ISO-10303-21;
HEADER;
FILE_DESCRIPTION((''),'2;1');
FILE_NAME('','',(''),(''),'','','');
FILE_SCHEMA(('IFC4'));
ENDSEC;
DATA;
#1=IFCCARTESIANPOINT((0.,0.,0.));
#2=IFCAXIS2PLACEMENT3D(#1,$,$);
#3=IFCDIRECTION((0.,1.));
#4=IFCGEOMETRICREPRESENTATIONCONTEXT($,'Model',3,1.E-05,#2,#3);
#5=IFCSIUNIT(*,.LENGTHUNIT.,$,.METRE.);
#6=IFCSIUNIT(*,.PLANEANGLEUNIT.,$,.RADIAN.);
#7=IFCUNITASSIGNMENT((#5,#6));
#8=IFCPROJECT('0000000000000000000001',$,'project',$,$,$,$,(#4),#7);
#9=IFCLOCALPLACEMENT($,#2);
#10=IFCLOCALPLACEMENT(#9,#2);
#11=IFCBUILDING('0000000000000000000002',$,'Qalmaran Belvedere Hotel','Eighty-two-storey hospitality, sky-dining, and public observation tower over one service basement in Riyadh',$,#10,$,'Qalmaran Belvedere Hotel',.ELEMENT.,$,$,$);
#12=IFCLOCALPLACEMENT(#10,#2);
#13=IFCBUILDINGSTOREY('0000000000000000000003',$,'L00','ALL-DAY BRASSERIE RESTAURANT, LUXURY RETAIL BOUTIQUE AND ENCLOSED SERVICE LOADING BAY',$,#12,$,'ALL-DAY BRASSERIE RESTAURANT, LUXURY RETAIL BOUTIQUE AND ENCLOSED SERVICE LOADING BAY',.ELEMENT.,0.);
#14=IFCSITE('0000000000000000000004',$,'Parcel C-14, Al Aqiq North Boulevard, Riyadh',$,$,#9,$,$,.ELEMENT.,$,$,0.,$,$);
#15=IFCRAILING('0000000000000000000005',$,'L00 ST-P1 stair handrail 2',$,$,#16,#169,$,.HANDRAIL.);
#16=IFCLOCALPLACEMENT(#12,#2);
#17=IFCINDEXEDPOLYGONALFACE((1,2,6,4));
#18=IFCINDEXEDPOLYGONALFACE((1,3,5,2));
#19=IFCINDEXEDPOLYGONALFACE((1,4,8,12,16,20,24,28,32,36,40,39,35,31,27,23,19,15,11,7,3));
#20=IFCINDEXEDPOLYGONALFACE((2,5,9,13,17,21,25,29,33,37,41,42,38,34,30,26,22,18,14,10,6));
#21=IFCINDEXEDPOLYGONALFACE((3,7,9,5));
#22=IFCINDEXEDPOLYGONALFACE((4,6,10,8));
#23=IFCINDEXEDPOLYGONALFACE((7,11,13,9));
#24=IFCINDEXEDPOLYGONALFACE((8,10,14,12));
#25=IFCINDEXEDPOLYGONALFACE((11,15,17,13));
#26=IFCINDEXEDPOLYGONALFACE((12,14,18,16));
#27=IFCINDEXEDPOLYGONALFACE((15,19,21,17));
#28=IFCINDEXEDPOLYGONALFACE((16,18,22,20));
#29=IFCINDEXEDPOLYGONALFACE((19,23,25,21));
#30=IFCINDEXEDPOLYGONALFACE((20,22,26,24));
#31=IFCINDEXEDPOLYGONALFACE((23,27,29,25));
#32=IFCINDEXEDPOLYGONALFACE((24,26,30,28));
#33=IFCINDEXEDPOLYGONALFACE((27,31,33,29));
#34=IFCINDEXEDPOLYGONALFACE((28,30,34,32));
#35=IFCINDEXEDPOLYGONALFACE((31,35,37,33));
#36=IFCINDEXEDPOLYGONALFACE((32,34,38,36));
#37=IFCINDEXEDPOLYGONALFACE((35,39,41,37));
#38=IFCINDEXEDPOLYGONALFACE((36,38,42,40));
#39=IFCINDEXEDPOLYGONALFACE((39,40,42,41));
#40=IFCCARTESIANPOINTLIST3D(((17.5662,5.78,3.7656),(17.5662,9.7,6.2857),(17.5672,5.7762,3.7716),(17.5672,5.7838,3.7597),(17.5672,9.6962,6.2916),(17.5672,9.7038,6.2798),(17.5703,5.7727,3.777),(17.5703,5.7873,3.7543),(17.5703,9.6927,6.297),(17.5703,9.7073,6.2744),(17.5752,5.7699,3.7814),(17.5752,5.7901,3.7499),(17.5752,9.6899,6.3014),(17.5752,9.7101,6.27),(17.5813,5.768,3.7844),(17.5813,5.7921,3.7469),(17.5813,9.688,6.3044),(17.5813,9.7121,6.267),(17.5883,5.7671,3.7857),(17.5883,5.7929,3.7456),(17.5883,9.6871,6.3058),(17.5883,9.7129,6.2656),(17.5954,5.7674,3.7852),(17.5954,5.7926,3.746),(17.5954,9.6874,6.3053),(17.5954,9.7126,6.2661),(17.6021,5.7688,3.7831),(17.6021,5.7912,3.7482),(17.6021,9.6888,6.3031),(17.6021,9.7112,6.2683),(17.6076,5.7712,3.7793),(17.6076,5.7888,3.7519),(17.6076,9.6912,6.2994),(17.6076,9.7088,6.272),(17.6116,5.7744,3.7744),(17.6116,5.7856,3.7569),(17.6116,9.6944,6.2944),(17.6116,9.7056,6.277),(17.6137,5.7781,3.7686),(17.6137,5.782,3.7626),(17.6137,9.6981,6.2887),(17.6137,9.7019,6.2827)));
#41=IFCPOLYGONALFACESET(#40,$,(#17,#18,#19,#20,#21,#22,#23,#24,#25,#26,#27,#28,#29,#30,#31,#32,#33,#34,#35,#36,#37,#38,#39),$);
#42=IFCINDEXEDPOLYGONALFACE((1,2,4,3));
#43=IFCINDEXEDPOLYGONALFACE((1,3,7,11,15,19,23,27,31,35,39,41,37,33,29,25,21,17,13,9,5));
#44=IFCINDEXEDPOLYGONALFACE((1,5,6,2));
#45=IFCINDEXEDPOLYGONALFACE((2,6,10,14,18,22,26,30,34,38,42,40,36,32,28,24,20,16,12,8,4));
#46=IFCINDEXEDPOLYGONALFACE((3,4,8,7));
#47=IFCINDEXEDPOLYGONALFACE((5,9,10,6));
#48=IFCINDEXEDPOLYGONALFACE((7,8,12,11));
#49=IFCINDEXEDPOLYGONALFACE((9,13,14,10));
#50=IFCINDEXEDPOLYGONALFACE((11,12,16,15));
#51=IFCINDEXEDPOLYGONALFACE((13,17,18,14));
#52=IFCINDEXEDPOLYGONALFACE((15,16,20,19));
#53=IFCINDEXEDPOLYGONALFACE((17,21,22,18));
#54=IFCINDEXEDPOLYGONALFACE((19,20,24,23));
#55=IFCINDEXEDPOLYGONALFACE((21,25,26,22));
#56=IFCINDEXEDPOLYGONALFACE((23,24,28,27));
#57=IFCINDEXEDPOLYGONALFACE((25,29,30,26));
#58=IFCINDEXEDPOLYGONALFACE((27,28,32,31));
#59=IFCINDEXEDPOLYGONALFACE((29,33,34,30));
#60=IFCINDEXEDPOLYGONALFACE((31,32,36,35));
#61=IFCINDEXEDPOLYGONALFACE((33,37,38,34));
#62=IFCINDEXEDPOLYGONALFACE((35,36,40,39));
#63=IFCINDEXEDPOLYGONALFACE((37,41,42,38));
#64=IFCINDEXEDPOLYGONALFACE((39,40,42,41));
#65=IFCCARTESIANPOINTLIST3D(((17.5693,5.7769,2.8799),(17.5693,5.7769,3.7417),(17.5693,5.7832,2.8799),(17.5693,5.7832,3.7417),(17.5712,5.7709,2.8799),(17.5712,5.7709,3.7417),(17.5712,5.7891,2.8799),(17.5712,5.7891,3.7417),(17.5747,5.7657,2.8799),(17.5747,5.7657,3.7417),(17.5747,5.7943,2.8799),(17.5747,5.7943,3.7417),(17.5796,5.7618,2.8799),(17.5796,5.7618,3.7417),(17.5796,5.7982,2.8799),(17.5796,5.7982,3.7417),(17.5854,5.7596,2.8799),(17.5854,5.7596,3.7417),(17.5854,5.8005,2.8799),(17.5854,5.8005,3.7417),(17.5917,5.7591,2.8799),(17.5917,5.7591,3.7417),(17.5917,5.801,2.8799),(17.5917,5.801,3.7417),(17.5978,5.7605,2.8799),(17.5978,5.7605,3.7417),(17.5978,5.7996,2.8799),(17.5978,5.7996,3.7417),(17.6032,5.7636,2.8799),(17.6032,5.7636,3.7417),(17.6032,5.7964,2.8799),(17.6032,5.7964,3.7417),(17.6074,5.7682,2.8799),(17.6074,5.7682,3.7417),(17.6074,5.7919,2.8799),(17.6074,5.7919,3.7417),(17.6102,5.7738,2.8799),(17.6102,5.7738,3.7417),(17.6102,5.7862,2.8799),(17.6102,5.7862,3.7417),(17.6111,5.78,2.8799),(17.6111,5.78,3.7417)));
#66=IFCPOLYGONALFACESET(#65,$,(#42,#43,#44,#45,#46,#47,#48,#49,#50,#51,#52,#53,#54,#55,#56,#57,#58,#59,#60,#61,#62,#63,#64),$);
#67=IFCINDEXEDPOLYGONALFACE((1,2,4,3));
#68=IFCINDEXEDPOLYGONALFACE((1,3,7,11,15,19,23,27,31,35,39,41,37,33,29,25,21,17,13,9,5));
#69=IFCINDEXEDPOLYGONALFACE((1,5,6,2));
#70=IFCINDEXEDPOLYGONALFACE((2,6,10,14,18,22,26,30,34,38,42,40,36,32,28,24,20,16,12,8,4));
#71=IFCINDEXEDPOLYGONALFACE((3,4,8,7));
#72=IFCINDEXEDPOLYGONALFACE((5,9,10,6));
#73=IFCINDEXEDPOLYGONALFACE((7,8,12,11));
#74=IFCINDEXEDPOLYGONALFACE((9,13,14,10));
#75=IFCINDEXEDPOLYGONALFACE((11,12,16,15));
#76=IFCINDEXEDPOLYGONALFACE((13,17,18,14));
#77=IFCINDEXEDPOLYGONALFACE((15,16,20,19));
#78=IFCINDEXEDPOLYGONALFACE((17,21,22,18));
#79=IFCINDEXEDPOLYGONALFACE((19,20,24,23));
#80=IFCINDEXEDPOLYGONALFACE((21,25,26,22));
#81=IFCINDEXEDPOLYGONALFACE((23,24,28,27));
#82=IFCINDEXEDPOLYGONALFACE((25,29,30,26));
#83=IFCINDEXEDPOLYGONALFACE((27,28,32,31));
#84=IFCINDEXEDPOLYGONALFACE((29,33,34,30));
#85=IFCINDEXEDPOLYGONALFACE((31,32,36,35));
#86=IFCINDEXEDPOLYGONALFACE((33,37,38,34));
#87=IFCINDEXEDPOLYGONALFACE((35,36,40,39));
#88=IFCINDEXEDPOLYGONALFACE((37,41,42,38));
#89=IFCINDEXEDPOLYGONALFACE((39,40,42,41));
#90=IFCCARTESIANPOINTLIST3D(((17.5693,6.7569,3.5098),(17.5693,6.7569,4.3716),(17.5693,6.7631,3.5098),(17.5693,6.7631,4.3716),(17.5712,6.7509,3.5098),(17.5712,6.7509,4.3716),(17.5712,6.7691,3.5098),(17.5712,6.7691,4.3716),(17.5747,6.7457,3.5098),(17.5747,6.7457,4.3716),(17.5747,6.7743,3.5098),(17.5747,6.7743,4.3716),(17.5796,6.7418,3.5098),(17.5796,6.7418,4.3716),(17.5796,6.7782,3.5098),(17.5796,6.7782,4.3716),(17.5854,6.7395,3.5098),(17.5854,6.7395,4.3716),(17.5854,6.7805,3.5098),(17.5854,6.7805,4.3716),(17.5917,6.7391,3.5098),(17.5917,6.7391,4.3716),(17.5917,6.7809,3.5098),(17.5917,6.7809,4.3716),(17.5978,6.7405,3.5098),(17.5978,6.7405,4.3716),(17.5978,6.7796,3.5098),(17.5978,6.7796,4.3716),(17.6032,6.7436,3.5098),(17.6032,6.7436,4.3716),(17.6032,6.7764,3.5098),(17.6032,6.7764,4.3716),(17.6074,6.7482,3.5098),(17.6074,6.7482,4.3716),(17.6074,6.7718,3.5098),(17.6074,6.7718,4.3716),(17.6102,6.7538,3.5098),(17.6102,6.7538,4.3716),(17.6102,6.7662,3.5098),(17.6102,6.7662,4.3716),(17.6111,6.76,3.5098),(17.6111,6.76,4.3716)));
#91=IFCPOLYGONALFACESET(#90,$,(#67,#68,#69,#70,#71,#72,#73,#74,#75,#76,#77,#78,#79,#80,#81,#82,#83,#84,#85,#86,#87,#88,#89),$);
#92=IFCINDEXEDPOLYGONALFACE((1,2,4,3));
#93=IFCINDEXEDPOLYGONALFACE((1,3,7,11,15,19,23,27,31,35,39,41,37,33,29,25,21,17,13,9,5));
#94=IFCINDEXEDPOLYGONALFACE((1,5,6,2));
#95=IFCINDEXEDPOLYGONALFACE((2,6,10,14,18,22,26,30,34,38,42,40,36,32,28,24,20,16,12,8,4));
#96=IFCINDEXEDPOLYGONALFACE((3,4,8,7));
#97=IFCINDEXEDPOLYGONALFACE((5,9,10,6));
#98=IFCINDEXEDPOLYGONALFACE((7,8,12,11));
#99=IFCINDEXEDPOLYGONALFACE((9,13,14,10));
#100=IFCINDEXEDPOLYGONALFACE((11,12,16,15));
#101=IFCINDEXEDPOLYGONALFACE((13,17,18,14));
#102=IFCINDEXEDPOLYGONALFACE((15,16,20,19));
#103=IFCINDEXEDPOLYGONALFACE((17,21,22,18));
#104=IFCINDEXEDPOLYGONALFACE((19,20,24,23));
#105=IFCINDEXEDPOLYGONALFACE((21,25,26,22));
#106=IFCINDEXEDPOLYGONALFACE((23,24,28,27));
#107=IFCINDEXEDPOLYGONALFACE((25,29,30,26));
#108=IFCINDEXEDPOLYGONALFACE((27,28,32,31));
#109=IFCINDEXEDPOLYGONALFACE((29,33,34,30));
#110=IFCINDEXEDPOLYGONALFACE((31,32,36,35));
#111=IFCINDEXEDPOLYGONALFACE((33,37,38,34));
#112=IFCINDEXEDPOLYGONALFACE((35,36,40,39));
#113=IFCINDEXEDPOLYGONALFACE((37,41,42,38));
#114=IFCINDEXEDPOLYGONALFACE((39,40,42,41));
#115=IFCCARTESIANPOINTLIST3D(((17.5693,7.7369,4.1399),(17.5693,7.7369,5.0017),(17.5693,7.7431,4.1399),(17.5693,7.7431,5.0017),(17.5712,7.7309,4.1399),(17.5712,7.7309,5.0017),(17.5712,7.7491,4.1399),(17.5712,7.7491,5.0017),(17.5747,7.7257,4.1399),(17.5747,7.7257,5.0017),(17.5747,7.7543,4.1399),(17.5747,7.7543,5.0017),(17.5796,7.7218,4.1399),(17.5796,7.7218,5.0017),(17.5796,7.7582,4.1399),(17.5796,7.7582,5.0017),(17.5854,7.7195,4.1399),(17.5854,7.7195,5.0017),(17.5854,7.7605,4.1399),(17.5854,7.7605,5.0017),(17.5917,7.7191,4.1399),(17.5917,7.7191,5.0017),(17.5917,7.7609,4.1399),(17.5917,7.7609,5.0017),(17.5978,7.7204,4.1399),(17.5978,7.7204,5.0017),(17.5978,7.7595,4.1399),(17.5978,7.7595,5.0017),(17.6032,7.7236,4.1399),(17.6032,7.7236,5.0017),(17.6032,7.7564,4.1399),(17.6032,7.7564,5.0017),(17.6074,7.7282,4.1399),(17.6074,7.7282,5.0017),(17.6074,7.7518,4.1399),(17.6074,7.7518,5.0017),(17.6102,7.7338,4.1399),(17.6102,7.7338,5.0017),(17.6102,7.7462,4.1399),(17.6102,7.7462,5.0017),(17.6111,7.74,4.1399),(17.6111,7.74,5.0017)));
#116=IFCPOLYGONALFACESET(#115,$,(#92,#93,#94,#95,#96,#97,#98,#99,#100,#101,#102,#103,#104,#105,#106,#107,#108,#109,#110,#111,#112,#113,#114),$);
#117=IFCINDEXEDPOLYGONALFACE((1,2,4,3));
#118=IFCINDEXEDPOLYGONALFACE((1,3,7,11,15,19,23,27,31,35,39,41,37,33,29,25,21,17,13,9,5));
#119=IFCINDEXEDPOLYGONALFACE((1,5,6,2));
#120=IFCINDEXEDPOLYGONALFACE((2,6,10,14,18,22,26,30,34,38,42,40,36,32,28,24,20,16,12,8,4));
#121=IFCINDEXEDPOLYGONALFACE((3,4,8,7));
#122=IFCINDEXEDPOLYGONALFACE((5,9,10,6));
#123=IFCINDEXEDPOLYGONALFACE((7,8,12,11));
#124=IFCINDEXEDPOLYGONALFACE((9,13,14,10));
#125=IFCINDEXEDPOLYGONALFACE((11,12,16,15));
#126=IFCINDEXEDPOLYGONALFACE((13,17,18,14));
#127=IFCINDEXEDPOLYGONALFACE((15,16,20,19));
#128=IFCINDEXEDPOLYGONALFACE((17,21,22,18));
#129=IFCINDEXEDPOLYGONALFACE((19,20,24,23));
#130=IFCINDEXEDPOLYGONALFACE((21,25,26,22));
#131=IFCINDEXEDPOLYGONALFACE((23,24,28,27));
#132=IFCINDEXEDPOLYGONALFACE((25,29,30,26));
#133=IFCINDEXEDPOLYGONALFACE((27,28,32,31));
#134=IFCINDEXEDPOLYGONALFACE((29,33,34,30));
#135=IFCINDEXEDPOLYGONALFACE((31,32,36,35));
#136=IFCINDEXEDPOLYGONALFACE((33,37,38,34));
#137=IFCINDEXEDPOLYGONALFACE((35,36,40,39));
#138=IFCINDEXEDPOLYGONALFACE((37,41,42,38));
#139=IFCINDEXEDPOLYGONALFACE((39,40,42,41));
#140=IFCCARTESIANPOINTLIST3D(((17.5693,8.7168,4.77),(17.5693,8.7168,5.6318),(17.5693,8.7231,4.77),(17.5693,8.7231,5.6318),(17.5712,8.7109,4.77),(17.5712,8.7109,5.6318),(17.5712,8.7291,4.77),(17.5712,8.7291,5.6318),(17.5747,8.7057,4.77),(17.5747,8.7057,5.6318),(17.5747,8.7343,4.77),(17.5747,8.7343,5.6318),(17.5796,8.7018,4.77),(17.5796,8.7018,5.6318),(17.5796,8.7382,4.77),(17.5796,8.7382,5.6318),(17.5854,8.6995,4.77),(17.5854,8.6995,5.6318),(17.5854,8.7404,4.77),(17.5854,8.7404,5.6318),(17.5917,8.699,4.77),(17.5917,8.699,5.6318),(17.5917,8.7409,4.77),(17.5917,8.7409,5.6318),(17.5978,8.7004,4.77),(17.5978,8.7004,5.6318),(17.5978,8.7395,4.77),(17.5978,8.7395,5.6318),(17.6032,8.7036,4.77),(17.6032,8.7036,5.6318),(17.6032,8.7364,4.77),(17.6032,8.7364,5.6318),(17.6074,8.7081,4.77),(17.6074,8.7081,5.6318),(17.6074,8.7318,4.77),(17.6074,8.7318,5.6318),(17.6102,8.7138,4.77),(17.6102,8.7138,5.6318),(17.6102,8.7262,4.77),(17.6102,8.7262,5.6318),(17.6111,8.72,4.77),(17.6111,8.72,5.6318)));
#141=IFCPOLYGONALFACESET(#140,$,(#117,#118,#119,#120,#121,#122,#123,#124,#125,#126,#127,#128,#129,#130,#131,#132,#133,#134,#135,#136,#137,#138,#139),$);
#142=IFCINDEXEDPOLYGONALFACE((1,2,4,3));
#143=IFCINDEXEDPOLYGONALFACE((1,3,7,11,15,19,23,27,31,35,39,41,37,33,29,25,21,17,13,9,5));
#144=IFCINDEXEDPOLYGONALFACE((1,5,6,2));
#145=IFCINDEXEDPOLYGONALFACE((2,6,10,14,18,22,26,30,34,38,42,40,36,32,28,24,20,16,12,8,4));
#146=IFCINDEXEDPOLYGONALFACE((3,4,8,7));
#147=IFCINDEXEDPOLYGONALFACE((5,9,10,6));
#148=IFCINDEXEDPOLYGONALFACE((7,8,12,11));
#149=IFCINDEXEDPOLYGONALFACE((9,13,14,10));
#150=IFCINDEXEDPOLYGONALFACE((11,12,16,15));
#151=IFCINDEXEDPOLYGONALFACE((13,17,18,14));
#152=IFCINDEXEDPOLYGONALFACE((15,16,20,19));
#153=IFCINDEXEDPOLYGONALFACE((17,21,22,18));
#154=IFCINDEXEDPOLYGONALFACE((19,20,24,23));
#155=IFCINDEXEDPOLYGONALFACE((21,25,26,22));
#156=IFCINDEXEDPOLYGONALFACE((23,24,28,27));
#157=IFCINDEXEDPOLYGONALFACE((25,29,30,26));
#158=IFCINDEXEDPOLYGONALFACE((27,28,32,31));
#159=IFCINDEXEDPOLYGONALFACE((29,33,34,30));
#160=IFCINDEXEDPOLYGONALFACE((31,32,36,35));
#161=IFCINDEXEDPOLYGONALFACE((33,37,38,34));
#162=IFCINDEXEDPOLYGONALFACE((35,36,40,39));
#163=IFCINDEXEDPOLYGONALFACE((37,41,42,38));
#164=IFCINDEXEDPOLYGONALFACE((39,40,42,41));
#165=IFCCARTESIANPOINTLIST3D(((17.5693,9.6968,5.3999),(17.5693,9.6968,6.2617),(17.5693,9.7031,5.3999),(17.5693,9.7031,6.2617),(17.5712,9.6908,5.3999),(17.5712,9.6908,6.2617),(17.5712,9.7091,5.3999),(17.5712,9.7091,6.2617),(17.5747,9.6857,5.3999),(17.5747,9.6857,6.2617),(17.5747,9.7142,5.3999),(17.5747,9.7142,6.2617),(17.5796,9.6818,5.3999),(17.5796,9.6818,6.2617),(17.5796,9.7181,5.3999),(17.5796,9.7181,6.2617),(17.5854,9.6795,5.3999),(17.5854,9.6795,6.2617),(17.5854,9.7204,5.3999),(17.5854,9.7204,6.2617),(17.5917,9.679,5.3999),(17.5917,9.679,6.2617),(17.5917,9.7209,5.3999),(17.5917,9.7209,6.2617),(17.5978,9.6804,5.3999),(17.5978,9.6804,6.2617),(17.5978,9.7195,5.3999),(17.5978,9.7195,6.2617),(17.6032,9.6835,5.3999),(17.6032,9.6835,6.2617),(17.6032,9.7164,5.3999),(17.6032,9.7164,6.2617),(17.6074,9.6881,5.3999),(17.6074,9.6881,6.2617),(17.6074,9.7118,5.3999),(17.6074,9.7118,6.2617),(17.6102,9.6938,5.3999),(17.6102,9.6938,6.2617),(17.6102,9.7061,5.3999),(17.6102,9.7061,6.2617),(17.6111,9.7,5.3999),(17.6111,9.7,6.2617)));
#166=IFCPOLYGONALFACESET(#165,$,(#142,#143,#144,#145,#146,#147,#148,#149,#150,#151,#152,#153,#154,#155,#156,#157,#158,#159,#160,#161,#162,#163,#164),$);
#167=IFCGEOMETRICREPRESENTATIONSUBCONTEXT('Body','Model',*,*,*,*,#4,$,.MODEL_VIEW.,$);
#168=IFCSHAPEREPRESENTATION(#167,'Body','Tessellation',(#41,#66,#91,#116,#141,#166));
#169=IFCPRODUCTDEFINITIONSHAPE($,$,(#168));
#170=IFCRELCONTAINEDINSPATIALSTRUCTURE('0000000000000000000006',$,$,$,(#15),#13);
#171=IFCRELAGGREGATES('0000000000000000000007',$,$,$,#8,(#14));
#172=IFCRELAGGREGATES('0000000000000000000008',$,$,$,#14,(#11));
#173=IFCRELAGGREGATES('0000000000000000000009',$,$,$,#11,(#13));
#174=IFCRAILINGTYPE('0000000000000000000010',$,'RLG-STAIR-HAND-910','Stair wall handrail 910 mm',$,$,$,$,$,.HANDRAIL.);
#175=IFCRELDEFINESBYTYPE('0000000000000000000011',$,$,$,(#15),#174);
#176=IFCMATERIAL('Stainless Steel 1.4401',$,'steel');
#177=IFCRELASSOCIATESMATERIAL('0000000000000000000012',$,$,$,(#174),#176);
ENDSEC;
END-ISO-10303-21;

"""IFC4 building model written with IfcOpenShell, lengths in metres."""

from ifc_helpers import new_model, si_unit, direction, frame, origin, origin_2d, place, context, subcontext, project, spatial, circle, extrude, material, type_object, element, save


model = new_model("IFC4")

# Units and contexts
model_context = context("Model", 3, precision=1e-05, world=origin(), true_north=direction((0.0, 1.0)))
body_context = subcontext(model_context, "Body", "Model", "MODEL_VIEW")
ifc_project = project(units=[si_unit("LENGTHUNIT", "METRE"), si_unit("PLANEANGLEUNIT", "RADIAN")], contexts=[model_context])

# Site, building, storey
site_placement = place(None, origin())
site = spatial("IfcSite", under=ifc_project, at=site_placement, Name="Parcel C-14, Al Aqiq North Boulevard, Riyadh", CompositionType="ELEMENT", RefElevation=0.0)
building_placement = place(site_placement, origin())
building = spatial("IfcBuilding", under=site, at=building_placement, Name="Qalmaran Belvedere Hotel", Description="Eighty-two-storey hospitality, sky-dining, and public observation tower over one service basement in Riyadh", LongName="Qalmaran Belvedere Hotel", CompositionType="ELEMENT")
storey_placement = place(building_placement, origin())
storey = spatial("IfcBuildingStorey", under=building, at=storey_placement, Name="L00", Description="ALL-DAY BRASSERIE RESTAURANT, LUXURY RETAIL BOUTIQUE AND ENCLOSED SERVICE LOADING BAY", LongName="ALL-DAY BRASSERIE RESTAURANT, LUXURY RETAIL BOUTIQUE AND ENCLOSED SERVICE LOADING BAY", CompositionType="ELEMENT", Elevation=0.0)

# Railing
ifc_material_1 = material(Name="Stainless Steel 1.4401", Category="steel")
railing_type_1 = type_object("IfcRailingType", Name="RLG-STAIR-HAND-910", Description="Stair wall handrail 910 mm", PredefinedType="HANDRAIL", material=ifc_material_1)
railing_1_placement = place(storey_placement, frame((17.5901, 5.78, 2.8799)))
element("IfcRailing", 1, at=railing_1_placement, inside=storey, type_object=railing_type_1, Name="L00 ST-P1 stair handrail 2", PredefinedType="HANDRAIL", context=body_context, shape_type="SweptSolid", body=[
    extrude(circle(Radius=0.0239, at=origin_2d()), frame((0.0, 0.0, 0.8857), z_axis=(0.0, 0.841172, 0.540768), x_axis=(-1.0, 0.0, 0.0)), (0.0, 0.0, 1.0), 4.6602),
    extrude(circle(Radius=0.021, at=origin_2d()), origin(), (0.0, 0.0, 1.0), 0.8618),
    extrude(circle(Radius=0.021, at=origin_2d()), frame((0.0, 0.98, 0.6299)), (0.0, 0.0, 1.0), 0.8618),
    extrude(circle(Radius=0.021, at=origin_2d()), frame((0.0, 1.96, 1.26)), (0.0, 0.0, 1.0), 0.8618),
    extrude(circle(Radius=0.021, at=origin_2d()), frame((0.0, 2.9399, 1.8901)), (0.0, 0.0, 1.0), 0.8618),
    extrude(circle(Radius=0.021, at=origin_2d()), frame((0.0, 3.9199, 2.52)), (0.0, 0.0, 1.0), 0.8618),
])

save(model, "model.ifc")
